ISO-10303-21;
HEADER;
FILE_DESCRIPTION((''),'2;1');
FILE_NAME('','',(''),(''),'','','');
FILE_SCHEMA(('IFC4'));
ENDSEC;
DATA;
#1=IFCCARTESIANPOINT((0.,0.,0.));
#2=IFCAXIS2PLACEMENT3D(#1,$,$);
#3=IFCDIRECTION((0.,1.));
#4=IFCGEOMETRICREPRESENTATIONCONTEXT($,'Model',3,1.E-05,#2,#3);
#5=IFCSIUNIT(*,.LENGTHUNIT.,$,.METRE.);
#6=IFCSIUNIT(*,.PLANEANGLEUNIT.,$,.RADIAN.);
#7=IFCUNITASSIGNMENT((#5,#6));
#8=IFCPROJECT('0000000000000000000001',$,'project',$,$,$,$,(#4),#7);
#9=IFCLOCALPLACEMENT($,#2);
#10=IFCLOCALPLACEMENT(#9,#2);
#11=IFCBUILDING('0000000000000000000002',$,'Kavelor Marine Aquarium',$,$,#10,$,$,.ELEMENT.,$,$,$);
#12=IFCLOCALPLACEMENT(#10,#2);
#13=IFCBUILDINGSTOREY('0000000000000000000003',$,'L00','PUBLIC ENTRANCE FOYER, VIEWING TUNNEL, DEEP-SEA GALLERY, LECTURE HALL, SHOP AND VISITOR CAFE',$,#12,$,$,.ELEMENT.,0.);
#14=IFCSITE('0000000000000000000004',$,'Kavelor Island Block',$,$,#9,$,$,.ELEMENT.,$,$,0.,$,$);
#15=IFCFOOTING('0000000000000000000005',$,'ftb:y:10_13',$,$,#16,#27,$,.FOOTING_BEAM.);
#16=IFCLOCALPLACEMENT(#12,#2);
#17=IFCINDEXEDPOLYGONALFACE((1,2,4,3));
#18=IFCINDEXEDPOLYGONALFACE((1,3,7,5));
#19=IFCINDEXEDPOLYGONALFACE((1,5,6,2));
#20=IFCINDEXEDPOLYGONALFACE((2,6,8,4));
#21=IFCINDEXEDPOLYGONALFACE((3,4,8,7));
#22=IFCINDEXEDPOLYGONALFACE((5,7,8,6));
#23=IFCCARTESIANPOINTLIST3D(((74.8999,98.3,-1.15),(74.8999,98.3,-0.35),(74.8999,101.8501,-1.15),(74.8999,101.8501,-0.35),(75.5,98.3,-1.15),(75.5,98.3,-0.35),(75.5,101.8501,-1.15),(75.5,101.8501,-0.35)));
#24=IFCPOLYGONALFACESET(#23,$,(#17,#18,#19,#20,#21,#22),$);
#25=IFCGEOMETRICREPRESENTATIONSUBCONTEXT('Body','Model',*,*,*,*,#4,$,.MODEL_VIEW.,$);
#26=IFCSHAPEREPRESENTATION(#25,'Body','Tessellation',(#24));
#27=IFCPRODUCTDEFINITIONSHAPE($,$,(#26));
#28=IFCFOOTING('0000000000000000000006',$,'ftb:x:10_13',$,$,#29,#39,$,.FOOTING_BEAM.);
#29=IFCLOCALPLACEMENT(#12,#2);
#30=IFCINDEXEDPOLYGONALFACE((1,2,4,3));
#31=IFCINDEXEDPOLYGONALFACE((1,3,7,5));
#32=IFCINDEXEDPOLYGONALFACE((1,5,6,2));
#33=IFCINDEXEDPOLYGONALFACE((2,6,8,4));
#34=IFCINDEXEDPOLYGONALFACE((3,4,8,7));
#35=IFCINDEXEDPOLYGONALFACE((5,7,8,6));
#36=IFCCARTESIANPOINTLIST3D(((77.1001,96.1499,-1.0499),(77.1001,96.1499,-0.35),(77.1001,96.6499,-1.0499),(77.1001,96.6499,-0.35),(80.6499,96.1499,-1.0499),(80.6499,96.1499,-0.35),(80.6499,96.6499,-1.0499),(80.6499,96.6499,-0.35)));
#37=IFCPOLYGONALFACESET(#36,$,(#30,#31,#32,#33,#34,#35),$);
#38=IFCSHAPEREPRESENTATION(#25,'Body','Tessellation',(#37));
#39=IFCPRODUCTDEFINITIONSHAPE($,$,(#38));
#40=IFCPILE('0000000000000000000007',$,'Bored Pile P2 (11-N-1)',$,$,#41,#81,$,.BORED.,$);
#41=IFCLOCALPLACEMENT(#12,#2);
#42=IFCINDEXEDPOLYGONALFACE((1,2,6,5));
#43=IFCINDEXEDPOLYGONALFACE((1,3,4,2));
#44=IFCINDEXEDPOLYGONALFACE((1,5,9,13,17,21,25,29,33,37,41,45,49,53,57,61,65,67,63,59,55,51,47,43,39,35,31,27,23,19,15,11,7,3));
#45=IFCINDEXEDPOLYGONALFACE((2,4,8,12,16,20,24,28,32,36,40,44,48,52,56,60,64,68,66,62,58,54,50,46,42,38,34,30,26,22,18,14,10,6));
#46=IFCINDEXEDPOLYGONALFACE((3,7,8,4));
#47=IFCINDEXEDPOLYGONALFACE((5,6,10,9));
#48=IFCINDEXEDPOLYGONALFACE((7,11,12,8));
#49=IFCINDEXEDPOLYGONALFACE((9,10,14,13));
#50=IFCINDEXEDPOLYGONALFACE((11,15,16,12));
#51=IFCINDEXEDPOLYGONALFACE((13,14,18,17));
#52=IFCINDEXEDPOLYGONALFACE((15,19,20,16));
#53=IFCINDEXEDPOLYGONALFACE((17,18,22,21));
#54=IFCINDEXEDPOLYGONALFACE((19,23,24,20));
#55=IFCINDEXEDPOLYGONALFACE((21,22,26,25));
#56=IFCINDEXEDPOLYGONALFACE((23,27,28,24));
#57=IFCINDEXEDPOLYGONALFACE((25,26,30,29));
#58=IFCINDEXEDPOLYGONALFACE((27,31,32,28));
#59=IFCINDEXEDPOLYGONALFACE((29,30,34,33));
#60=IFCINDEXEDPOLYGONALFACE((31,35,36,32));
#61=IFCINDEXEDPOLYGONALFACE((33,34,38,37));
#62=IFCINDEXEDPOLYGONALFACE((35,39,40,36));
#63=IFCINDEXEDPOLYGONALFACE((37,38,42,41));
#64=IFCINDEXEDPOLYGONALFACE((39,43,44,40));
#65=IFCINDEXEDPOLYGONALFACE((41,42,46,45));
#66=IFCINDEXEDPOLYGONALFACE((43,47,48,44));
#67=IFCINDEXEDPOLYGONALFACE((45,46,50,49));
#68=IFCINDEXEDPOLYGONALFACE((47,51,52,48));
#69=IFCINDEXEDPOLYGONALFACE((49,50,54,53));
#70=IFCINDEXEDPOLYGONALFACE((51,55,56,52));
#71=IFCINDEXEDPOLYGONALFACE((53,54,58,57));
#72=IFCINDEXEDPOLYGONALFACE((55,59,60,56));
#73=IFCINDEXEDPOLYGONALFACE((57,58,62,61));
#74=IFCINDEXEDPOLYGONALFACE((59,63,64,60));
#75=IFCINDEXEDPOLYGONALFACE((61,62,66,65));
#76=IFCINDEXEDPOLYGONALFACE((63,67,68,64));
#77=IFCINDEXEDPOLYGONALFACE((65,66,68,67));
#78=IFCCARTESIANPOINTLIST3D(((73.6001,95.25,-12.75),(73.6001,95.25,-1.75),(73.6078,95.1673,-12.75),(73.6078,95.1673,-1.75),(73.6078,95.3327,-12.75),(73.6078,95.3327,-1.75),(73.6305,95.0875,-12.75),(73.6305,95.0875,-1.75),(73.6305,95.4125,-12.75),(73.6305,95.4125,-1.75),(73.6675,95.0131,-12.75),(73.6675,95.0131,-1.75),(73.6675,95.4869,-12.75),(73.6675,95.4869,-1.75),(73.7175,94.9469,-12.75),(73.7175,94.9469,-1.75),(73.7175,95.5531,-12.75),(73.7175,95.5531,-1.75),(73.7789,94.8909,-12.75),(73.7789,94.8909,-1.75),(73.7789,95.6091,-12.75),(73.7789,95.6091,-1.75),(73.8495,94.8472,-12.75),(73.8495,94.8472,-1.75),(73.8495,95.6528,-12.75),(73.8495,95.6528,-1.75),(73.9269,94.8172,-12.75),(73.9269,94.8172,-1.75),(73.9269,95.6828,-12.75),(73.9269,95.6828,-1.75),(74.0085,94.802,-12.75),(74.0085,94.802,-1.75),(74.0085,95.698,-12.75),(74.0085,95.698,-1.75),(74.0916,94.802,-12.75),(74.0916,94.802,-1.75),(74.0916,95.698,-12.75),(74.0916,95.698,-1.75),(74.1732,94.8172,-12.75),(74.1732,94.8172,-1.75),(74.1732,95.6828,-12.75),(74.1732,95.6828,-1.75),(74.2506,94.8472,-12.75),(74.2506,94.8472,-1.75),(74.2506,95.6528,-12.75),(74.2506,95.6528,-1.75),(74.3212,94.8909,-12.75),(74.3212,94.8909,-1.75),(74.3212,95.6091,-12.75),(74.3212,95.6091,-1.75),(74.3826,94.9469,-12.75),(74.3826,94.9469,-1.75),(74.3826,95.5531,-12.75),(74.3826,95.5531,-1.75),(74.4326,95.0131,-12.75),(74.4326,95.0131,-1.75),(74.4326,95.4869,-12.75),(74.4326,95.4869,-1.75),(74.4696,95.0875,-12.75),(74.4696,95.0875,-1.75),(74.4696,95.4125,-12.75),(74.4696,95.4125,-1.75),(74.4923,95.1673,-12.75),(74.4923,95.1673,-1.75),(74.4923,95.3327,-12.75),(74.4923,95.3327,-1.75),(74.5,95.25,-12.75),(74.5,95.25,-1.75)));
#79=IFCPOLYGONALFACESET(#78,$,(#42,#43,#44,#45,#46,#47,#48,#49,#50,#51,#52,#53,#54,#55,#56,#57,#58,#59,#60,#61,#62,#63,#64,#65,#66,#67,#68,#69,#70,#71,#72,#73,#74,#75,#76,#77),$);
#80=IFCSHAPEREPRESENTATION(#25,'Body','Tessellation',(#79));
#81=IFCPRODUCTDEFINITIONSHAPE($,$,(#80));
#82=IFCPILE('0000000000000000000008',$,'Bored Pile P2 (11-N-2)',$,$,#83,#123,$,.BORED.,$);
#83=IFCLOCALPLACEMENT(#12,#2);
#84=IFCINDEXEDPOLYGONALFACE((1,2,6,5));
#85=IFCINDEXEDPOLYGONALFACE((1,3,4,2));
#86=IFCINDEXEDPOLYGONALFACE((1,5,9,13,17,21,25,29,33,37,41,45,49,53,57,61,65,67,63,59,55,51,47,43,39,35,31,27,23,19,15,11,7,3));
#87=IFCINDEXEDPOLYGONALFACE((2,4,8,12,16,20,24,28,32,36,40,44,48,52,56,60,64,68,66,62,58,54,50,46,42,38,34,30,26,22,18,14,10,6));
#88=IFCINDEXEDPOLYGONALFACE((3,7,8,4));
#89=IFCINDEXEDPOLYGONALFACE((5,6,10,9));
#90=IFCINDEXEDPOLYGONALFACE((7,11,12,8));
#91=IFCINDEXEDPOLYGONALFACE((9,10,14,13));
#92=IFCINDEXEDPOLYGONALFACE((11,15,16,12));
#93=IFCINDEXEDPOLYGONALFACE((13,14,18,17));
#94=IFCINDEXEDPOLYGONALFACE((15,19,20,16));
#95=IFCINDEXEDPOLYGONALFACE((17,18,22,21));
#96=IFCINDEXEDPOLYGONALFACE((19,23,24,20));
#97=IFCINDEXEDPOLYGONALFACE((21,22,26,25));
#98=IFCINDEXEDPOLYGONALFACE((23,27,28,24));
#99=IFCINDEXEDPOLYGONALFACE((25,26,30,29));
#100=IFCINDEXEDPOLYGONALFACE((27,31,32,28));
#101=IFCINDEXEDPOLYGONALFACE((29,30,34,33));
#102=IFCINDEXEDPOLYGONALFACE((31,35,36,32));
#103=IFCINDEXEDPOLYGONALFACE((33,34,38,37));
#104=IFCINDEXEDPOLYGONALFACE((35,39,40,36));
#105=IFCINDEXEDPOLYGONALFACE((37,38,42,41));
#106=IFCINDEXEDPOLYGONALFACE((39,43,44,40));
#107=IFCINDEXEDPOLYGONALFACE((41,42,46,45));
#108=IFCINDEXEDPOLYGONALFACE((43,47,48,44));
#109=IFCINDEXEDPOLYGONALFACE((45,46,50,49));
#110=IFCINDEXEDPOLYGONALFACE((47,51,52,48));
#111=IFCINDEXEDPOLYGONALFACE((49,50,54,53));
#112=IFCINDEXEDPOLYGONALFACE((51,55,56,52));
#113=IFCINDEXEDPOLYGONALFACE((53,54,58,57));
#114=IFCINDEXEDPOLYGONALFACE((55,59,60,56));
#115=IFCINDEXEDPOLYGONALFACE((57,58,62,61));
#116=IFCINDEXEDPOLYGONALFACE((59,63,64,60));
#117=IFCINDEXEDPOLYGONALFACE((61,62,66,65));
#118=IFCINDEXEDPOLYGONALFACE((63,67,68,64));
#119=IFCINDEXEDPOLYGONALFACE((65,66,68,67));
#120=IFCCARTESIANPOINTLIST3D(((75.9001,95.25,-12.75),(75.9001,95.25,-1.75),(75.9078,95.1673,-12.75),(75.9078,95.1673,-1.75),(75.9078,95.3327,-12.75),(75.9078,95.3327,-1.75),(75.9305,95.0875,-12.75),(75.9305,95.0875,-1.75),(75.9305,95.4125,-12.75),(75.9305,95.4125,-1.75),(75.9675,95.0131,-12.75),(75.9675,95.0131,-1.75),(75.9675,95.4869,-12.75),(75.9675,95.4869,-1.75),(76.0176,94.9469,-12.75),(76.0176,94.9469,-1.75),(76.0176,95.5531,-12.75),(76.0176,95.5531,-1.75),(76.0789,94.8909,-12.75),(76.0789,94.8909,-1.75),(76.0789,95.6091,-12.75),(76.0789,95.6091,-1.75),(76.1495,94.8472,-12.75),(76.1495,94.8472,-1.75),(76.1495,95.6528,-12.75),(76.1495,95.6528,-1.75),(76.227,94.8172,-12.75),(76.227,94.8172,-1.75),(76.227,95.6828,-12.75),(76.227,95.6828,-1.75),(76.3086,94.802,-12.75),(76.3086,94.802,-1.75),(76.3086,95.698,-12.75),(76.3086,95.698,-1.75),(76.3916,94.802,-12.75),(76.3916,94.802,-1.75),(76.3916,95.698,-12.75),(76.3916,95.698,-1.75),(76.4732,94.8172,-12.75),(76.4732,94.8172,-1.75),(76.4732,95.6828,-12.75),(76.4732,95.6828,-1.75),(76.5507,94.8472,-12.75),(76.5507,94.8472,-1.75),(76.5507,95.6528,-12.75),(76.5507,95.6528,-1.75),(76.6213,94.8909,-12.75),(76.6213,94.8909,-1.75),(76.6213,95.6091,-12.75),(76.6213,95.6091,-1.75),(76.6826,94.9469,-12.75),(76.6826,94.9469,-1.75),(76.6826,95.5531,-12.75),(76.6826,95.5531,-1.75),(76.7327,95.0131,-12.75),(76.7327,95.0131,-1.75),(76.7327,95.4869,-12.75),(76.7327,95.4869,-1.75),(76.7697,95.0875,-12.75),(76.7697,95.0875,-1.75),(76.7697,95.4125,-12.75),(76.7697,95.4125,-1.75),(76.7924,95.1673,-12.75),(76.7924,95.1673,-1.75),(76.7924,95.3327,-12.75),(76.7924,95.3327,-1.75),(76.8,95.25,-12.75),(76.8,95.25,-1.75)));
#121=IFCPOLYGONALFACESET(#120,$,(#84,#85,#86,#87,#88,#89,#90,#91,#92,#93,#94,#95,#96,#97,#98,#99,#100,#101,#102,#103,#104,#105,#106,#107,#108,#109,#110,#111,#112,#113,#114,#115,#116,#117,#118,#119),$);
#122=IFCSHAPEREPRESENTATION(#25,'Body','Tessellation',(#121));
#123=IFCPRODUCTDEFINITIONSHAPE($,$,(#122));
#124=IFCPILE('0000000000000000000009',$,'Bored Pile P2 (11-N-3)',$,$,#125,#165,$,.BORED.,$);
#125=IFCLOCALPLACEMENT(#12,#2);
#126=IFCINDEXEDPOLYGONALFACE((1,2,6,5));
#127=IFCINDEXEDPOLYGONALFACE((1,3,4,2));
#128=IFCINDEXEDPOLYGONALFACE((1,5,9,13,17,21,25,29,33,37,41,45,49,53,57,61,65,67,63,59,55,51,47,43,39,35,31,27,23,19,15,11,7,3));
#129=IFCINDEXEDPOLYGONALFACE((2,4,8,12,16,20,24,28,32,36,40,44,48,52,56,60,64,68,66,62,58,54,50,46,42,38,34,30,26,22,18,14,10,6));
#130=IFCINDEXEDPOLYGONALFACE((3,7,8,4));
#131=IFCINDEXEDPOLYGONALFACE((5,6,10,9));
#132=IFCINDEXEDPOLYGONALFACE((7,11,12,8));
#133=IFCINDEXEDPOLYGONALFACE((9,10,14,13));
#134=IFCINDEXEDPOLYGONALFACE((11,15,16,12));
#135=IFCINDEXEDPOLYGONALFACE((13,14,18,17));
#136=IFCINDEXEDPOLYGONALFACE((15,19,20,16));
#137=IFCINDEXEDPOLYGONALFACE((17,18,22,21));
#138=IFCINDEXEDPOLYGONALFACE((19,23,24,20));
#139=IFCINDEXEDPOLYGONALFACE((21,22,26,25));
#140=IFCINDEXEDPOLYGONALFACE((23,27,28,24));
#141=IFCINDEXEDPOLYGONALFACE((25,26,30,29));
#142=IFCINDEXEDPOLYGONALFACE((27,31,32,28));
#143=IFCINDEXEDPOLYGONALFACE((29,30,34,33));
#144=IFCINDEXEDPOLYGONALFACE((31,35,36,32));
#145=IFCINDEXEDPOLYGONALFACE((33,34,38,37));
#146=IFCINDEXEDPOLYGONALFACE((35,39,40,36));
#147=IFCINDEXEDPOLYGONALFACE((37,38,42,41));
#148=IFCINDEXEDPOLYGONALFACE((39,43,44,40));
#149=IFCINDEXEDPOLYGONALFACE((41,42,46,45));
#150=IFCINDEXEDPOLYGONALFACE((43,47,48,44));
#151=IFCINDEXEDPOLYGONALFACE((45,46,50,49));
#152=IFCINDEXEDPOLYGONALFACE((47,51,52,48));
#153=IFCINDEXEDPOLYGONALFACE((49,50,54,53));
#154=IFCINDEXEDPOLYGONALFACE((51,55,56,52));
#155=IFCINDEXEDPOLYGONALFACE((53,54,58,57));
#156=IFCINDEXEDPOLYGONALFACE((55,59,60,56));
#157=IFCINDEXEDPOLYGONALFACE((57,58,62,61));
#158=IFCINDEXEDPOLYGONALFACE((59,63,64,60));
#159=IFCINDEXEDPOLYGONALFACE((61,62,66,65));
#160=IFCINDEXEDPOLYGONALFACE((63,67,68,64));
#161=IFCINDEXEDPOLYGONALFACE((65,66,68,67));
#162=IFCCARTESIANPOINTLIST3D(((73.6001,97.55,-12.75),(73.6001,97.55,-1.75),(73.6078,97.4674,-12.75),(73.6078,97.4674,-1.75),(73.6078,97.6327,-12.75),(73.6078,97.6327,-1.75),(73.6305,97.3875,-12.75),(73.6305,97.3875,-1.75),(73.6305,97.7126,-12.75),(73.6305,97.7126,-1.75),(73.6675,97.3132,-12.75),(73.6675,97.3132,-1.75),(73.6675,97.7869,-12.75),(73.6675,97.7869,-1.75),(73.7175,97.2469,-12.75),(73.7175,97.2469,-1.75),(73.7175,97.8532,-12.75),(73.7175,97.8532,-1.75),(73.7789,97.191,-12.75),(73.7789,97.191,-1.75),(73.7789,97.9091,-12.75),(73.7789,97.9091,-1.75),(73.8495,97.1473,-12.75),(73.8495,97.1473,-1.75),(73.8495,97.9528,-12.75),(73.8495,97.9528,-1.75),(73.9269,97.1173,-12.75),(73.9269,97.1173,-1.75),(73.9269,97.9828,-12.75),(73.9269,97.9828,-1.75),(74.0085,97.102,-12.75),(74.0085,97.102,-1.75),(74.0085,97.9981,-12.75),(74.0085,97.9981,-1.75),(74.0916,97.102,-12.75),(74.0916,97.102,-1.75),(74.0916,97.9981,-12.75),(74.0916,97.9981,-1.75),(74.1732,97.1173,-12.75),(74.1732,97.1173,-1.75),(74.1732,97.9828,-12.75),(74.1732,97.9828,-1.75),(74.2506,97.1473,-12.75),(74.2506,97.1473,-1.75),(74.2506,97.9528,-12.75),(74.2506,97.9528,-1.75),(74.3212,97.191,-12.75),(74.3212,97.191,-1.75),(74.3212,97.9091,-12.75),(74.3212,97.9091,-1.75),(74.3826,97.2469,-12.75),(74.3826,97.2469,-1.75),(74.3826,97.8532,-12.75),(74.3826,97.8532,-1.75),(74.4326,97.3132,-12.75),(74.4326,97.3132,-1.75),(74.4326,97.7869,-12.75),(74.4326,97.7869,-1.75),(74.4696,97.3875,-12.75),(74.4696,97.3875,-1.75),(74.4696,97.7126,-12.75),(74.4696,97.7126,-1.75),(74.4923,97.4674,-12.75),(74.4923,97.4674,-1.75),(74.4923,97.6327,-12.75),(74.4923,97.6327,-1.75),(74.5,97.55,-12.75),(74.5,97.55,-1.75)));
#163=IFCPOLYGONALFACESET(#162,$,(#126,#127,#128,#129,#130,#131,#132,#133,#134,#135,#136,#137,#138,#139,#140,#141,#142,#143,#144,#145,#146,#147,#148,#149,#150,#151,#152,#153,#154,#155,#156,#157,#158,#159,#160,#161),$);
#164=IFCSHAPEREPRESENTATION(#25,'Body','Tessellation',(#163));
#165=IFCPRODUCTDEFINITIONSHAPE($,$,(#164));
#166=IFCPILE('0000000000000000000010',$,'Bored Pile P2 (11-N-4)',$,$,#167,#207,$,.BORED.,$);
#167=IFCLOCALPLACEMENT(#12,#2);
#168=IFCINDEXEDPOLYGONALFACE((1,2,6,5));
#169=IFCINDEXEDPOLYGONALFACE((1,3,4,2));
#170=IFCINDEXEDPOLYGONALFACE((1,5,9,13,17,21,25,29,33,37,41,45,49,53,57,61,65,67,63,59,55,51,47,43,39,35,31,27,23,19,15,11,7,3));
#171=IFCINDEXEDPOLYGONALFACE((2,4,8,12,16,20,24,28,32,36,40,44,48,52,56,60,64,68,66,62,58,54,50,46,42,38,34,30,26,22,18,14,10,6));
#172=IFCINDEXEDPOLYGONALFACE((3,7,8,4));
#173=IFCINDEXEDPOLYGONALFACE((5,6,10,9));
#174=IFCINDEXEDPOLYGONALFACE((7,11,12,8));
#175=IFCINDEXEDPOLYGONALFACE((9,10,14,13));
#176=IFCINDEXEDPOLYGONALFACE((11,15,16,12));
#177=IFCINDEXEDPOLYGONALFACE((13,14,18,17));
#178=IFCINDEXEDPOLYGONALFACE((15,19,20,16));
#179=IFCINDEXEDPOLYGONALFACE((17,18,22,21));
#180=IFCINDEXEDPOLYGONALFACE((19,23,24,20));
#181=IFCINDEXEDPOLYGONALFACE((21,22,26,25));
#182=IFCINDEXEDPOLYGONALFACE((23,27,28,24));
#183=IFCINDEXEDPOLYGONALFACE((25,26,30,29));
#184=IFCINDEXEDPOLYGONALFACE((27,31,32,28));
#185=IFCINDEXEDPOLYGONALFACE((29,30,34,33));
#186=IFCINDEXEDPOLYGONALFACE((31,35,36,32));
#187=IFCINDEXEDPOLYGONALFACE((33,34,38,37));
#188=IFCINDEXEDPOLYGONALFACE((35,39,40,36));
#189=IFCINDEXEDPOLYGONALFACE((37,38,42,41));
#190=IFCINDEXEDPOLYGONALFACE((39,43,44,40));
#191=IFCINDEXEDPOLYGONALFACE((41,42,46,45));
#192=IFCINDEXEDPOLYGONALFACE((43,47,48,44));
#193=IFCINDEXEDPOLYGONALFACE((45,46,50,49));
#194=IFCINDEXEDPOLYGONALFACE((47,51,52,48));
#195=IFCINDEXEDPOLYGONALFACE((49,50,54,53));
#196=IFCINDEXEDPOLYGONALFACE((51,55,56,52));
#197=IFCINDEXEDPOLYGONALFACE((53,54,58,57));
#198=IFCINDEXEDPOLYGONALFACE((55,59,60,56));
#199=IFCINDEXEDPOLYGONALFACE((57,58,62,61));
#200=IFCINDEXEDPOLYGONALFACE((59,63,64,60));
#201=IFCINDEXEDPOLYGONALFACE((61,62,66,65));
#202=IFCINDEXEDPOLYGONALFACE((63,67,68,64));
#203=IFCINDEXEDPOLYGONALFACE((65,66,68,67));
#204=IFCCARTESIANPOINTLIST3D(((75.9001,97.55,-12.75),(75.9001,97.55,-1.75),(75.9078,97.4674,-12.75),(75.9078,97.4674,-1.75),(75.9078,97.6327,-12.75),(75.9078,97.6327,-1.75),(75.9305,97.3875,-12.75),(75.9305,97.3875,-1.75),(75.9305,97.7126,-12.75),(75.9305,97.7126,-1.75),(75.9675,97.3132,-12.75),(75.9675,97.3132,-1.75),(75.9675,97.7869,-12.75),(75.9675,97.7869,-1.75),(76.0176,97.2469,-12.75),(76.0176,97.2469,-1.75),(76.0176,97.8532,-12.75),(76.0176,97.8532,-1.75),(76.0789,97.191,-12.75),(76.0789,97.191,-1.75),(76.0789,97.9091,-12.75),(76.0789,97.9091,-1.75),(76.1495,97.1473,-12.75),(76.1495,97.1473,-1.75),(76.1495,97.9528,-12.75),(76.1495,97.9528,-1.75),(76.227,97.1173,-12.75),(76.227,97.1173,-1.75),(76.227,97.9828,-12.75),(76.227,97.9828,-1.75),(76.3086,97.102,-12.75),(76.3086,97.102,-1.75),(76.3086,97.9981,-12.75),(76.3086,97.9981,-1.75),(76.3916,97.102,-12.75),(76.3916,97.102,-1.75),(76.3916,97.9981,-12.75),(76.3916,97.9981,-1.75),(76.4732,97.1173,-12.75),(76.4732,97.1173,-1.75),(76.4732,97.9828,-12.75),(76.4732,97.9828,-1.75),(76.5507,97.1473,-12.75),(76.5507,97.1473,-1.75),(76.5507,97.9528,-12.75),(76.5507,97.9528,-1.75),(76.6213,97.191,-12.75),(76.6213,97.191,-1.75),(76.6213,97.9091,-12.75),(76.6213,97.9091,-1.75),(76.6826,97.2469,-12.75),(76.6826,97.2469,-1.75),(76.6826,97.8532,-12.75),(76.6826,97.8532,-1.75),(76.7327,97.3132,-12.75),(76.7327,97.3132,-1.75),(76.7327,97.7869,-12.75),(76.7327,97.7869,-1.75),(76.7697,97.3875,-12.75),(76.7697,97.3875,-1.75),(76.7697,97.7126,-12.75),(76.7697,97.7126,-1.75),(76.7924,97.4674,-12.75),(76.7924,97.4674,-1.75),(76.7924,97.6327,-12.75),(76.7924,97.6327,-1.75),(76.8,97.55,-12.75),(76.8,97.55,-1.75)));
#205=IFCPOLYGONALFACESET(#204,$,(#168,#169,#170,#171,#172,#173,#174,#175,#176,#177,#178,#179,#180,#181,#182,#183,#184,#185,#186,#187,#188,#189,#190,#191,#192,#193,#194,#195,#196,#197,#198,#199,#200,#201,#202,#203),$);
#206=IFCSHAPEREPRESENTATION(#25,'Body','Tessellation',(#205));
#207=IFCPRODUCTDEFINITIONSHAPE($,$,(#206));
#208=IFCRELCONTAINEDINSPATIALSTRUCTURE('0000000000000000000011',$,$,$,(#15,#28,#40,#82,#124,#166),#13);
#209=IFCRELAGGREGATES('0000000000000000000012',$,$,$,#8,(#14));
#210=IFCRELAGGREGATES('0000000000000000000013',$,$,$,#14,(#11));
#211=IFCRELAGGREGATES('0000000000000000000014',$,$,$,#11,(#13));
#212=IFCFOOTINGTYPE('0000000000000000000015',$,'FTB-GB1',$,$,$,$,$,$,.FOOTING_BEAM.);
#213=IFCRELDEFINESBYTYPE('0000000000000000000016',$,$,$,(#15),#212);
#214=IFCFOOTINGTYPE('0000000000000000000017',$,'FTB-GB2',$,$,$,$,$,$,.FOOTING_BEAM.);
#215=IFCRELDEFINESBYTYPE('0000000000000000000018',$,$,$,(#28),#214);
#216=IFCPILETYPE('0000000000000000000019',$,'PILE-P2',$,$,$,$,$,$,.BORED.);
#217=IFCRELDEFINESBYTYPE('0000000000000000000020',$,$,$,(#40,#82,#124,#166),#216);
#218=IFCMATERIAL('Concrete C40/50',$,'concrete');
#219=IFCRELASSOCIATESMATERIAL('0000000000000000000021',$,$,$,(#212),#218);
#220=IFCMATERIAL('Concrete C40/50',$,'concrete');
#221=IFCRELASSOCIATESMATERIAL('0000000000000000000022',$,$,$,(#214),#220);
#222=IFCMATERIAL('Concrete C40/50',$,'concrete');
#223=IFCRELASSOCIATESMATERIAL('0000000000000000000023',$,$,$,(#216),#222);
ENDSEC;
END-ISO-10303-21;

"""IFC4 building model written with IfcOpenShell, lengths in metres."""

from ifc_helpers import new_model, si_unit, direction, frame, origin, origin_2d, place, context, subcontext, project, spatial, rectangle, circle, extrude, material, material_profile, profile_set, type_object, element, save


model = new_model("IFC4")

# Units and contexts
model_context = context("Model", 3, precision=1e-05, world=origin(), true_north=direction((0.0, 1.0)))
body_context = subcontext(model_context, "Body", "Model", "MODEL_VIEW")
ifc_project = project(units=[si_unit("LENGTHUNIT", "METRE"), si_unit("PLANEANGLEUNIT", "RADIAN")], contexts=[model_context])

# Site, building, storey
site_placement = place(None, origin())
site = spatial("IfcSite", under=ifc_project, at=site_placement, Name="Kavelor Island Block", CompositionType="ELEMENT", RefElevation=0.0)
building_placement = place(site_placement, origin())
building = spatial("IfcBuilding", under=site, at=building_placement, Name="Kavelor Marine Aquarium", CompositionType="ELEMENT")
storey_placement = place(building_placement, origin())
storey = spatial("IfcBuildingStorey", under=building, at=storey_placement, Name="L00", Description="PUBLIC ENTRANCE FOYER, VIEWING TUNNEL, DEEP-SEA GALLERY, LECTURE HALL, SHOP AND VISITOR CAFE", CompositionType="ELEMENT", Elevation=0.0)

# Footings
ifc_material_1 = material(Name="Concrete C40/50", Category="concrete")
ifc_material_profile_1 = material_profile(ifc_material_1, rectangle(XDim=0.6001, YDim=0.8, at=origin_2d()), Name="GB 600x800")
ifc_profile_set_1 = profile_set([ifc_material_profile_1], Name="Concrete C40/50")
footing_type_1 = type_object("IfcFootingType", Name="FTB-GB1", PredefinedType="FOOTING_BEAM", material=ifc_profile_set_1)
footing_1_placement = place(storey_placement, frame((75.2, 98.3, -0.75), z_axis=(0.0, 1.0, 0.0), x_axis=(-1.0, 0.0, 0.0)))
element("IfcFooting", 1, at=footing_1_placement, inside=storey, type_object=footing_type_1, Name="ftb:y:10_13", PredefinedType="FOOTING_BEAM", context=body_context, shape_type="SweptSolid", body=[
    extrude(rectangle(XDim=0.6001, YDim=0.8, at=origin_2d()), origin(), (0.0, 0.0, 1.0), 3.55),
])
ifc_material_2 = material(Name="Concrete C40/50", Category="concrete")
ifc_material_profile_2 = material_profile(ifc_material_2, rectangle(XDim=0.5, YDim=0.7, at=origin_2d()), Name="GB 500x700")
ifc_profile_set_2 = profile_set([ifc_material_profile_2], Name="Concrete C40/50")
footing_type_2 = type_object("IfcFootingType", Name="FTB-GB2", PredefinedType="FOOTING_BEAM", material=ifc_profile_set_2)
footing_2_placement = place(storey_placement, frame((77.1001, 96.3999, -0.7), z_axis=(1.0, 0.0, 0.0), x_axis=(0.0, 1.0, 0.0)))
element("IfcFooting", 2, at=footing_2_placement, inside=storey, type_object=footing_type_2, Name="ftb:x:10_13", PredefinedType="FOOTING_BEAM", context=body_context, shape_type="SweptSolid", body=[
    extrude(rectangle(XDim=0.5, YDim=0.7, at=origin_2d()), origin(), (0.0, 0.0, 1.0), 3.5498),
])

# Piles
ifc_material_3 = material(Name="Concrete C40/50", Category="concrete")
ifc_material_profile_3 = material_profile(ifc_material_3, circle(Radius=0.45, at=origin_2d()), Name="PILE D900")
ifc_profile_set_3 = profile_set([ifc_material_profile_3], Name="Concrete C40/50")
pile_type_1 = type_object("IfcPileType", Name="PILE-P2", PredefinedType="BORED", material=ifc_profile_set_3)
for number, where, z_axis, x_axis, name in (
    (3, (74.05, 95.25, -1.75), (0.0, 0.0, -1.0), (1.0, 0.0, 0.0), "Bored Pile P2 (11-N-1)"),
    (4, (76.3501, 95.25, -1.75), (0.0, 0.0, -1.0), (1.0, 0.0, 0.0), "Bored Pile P2 (11-N-2)"),
    (5, (74.05, 97.55, -1.75), (0.0, 0.0, -1.0), (1.0, 0.0, 0.0), "Bored Pile P2 (11-N-3)"),
    (6, (76.3501, 97.55, -1.75), (0.0, 0.0, -1.0), (1.0, 0.0, 0.0), "Bored Pile P2 (11-N-4)"),
):
    element("IfcPile", number, at=place(storey_placement, frame(where, z_axis=z_axis, x_axis=x_axis)), inside=storey, type_object=pile_type_1, Name=name, PredefinedType="BORED", context=body_context, shape_type="SweptSolid", body=[
        extrude(circle(Radius=0.45, at=origin_2d()), origin(), (0.0, 0.0, 1.0), 11.0),
    ])

save(model, "model.ifc")
